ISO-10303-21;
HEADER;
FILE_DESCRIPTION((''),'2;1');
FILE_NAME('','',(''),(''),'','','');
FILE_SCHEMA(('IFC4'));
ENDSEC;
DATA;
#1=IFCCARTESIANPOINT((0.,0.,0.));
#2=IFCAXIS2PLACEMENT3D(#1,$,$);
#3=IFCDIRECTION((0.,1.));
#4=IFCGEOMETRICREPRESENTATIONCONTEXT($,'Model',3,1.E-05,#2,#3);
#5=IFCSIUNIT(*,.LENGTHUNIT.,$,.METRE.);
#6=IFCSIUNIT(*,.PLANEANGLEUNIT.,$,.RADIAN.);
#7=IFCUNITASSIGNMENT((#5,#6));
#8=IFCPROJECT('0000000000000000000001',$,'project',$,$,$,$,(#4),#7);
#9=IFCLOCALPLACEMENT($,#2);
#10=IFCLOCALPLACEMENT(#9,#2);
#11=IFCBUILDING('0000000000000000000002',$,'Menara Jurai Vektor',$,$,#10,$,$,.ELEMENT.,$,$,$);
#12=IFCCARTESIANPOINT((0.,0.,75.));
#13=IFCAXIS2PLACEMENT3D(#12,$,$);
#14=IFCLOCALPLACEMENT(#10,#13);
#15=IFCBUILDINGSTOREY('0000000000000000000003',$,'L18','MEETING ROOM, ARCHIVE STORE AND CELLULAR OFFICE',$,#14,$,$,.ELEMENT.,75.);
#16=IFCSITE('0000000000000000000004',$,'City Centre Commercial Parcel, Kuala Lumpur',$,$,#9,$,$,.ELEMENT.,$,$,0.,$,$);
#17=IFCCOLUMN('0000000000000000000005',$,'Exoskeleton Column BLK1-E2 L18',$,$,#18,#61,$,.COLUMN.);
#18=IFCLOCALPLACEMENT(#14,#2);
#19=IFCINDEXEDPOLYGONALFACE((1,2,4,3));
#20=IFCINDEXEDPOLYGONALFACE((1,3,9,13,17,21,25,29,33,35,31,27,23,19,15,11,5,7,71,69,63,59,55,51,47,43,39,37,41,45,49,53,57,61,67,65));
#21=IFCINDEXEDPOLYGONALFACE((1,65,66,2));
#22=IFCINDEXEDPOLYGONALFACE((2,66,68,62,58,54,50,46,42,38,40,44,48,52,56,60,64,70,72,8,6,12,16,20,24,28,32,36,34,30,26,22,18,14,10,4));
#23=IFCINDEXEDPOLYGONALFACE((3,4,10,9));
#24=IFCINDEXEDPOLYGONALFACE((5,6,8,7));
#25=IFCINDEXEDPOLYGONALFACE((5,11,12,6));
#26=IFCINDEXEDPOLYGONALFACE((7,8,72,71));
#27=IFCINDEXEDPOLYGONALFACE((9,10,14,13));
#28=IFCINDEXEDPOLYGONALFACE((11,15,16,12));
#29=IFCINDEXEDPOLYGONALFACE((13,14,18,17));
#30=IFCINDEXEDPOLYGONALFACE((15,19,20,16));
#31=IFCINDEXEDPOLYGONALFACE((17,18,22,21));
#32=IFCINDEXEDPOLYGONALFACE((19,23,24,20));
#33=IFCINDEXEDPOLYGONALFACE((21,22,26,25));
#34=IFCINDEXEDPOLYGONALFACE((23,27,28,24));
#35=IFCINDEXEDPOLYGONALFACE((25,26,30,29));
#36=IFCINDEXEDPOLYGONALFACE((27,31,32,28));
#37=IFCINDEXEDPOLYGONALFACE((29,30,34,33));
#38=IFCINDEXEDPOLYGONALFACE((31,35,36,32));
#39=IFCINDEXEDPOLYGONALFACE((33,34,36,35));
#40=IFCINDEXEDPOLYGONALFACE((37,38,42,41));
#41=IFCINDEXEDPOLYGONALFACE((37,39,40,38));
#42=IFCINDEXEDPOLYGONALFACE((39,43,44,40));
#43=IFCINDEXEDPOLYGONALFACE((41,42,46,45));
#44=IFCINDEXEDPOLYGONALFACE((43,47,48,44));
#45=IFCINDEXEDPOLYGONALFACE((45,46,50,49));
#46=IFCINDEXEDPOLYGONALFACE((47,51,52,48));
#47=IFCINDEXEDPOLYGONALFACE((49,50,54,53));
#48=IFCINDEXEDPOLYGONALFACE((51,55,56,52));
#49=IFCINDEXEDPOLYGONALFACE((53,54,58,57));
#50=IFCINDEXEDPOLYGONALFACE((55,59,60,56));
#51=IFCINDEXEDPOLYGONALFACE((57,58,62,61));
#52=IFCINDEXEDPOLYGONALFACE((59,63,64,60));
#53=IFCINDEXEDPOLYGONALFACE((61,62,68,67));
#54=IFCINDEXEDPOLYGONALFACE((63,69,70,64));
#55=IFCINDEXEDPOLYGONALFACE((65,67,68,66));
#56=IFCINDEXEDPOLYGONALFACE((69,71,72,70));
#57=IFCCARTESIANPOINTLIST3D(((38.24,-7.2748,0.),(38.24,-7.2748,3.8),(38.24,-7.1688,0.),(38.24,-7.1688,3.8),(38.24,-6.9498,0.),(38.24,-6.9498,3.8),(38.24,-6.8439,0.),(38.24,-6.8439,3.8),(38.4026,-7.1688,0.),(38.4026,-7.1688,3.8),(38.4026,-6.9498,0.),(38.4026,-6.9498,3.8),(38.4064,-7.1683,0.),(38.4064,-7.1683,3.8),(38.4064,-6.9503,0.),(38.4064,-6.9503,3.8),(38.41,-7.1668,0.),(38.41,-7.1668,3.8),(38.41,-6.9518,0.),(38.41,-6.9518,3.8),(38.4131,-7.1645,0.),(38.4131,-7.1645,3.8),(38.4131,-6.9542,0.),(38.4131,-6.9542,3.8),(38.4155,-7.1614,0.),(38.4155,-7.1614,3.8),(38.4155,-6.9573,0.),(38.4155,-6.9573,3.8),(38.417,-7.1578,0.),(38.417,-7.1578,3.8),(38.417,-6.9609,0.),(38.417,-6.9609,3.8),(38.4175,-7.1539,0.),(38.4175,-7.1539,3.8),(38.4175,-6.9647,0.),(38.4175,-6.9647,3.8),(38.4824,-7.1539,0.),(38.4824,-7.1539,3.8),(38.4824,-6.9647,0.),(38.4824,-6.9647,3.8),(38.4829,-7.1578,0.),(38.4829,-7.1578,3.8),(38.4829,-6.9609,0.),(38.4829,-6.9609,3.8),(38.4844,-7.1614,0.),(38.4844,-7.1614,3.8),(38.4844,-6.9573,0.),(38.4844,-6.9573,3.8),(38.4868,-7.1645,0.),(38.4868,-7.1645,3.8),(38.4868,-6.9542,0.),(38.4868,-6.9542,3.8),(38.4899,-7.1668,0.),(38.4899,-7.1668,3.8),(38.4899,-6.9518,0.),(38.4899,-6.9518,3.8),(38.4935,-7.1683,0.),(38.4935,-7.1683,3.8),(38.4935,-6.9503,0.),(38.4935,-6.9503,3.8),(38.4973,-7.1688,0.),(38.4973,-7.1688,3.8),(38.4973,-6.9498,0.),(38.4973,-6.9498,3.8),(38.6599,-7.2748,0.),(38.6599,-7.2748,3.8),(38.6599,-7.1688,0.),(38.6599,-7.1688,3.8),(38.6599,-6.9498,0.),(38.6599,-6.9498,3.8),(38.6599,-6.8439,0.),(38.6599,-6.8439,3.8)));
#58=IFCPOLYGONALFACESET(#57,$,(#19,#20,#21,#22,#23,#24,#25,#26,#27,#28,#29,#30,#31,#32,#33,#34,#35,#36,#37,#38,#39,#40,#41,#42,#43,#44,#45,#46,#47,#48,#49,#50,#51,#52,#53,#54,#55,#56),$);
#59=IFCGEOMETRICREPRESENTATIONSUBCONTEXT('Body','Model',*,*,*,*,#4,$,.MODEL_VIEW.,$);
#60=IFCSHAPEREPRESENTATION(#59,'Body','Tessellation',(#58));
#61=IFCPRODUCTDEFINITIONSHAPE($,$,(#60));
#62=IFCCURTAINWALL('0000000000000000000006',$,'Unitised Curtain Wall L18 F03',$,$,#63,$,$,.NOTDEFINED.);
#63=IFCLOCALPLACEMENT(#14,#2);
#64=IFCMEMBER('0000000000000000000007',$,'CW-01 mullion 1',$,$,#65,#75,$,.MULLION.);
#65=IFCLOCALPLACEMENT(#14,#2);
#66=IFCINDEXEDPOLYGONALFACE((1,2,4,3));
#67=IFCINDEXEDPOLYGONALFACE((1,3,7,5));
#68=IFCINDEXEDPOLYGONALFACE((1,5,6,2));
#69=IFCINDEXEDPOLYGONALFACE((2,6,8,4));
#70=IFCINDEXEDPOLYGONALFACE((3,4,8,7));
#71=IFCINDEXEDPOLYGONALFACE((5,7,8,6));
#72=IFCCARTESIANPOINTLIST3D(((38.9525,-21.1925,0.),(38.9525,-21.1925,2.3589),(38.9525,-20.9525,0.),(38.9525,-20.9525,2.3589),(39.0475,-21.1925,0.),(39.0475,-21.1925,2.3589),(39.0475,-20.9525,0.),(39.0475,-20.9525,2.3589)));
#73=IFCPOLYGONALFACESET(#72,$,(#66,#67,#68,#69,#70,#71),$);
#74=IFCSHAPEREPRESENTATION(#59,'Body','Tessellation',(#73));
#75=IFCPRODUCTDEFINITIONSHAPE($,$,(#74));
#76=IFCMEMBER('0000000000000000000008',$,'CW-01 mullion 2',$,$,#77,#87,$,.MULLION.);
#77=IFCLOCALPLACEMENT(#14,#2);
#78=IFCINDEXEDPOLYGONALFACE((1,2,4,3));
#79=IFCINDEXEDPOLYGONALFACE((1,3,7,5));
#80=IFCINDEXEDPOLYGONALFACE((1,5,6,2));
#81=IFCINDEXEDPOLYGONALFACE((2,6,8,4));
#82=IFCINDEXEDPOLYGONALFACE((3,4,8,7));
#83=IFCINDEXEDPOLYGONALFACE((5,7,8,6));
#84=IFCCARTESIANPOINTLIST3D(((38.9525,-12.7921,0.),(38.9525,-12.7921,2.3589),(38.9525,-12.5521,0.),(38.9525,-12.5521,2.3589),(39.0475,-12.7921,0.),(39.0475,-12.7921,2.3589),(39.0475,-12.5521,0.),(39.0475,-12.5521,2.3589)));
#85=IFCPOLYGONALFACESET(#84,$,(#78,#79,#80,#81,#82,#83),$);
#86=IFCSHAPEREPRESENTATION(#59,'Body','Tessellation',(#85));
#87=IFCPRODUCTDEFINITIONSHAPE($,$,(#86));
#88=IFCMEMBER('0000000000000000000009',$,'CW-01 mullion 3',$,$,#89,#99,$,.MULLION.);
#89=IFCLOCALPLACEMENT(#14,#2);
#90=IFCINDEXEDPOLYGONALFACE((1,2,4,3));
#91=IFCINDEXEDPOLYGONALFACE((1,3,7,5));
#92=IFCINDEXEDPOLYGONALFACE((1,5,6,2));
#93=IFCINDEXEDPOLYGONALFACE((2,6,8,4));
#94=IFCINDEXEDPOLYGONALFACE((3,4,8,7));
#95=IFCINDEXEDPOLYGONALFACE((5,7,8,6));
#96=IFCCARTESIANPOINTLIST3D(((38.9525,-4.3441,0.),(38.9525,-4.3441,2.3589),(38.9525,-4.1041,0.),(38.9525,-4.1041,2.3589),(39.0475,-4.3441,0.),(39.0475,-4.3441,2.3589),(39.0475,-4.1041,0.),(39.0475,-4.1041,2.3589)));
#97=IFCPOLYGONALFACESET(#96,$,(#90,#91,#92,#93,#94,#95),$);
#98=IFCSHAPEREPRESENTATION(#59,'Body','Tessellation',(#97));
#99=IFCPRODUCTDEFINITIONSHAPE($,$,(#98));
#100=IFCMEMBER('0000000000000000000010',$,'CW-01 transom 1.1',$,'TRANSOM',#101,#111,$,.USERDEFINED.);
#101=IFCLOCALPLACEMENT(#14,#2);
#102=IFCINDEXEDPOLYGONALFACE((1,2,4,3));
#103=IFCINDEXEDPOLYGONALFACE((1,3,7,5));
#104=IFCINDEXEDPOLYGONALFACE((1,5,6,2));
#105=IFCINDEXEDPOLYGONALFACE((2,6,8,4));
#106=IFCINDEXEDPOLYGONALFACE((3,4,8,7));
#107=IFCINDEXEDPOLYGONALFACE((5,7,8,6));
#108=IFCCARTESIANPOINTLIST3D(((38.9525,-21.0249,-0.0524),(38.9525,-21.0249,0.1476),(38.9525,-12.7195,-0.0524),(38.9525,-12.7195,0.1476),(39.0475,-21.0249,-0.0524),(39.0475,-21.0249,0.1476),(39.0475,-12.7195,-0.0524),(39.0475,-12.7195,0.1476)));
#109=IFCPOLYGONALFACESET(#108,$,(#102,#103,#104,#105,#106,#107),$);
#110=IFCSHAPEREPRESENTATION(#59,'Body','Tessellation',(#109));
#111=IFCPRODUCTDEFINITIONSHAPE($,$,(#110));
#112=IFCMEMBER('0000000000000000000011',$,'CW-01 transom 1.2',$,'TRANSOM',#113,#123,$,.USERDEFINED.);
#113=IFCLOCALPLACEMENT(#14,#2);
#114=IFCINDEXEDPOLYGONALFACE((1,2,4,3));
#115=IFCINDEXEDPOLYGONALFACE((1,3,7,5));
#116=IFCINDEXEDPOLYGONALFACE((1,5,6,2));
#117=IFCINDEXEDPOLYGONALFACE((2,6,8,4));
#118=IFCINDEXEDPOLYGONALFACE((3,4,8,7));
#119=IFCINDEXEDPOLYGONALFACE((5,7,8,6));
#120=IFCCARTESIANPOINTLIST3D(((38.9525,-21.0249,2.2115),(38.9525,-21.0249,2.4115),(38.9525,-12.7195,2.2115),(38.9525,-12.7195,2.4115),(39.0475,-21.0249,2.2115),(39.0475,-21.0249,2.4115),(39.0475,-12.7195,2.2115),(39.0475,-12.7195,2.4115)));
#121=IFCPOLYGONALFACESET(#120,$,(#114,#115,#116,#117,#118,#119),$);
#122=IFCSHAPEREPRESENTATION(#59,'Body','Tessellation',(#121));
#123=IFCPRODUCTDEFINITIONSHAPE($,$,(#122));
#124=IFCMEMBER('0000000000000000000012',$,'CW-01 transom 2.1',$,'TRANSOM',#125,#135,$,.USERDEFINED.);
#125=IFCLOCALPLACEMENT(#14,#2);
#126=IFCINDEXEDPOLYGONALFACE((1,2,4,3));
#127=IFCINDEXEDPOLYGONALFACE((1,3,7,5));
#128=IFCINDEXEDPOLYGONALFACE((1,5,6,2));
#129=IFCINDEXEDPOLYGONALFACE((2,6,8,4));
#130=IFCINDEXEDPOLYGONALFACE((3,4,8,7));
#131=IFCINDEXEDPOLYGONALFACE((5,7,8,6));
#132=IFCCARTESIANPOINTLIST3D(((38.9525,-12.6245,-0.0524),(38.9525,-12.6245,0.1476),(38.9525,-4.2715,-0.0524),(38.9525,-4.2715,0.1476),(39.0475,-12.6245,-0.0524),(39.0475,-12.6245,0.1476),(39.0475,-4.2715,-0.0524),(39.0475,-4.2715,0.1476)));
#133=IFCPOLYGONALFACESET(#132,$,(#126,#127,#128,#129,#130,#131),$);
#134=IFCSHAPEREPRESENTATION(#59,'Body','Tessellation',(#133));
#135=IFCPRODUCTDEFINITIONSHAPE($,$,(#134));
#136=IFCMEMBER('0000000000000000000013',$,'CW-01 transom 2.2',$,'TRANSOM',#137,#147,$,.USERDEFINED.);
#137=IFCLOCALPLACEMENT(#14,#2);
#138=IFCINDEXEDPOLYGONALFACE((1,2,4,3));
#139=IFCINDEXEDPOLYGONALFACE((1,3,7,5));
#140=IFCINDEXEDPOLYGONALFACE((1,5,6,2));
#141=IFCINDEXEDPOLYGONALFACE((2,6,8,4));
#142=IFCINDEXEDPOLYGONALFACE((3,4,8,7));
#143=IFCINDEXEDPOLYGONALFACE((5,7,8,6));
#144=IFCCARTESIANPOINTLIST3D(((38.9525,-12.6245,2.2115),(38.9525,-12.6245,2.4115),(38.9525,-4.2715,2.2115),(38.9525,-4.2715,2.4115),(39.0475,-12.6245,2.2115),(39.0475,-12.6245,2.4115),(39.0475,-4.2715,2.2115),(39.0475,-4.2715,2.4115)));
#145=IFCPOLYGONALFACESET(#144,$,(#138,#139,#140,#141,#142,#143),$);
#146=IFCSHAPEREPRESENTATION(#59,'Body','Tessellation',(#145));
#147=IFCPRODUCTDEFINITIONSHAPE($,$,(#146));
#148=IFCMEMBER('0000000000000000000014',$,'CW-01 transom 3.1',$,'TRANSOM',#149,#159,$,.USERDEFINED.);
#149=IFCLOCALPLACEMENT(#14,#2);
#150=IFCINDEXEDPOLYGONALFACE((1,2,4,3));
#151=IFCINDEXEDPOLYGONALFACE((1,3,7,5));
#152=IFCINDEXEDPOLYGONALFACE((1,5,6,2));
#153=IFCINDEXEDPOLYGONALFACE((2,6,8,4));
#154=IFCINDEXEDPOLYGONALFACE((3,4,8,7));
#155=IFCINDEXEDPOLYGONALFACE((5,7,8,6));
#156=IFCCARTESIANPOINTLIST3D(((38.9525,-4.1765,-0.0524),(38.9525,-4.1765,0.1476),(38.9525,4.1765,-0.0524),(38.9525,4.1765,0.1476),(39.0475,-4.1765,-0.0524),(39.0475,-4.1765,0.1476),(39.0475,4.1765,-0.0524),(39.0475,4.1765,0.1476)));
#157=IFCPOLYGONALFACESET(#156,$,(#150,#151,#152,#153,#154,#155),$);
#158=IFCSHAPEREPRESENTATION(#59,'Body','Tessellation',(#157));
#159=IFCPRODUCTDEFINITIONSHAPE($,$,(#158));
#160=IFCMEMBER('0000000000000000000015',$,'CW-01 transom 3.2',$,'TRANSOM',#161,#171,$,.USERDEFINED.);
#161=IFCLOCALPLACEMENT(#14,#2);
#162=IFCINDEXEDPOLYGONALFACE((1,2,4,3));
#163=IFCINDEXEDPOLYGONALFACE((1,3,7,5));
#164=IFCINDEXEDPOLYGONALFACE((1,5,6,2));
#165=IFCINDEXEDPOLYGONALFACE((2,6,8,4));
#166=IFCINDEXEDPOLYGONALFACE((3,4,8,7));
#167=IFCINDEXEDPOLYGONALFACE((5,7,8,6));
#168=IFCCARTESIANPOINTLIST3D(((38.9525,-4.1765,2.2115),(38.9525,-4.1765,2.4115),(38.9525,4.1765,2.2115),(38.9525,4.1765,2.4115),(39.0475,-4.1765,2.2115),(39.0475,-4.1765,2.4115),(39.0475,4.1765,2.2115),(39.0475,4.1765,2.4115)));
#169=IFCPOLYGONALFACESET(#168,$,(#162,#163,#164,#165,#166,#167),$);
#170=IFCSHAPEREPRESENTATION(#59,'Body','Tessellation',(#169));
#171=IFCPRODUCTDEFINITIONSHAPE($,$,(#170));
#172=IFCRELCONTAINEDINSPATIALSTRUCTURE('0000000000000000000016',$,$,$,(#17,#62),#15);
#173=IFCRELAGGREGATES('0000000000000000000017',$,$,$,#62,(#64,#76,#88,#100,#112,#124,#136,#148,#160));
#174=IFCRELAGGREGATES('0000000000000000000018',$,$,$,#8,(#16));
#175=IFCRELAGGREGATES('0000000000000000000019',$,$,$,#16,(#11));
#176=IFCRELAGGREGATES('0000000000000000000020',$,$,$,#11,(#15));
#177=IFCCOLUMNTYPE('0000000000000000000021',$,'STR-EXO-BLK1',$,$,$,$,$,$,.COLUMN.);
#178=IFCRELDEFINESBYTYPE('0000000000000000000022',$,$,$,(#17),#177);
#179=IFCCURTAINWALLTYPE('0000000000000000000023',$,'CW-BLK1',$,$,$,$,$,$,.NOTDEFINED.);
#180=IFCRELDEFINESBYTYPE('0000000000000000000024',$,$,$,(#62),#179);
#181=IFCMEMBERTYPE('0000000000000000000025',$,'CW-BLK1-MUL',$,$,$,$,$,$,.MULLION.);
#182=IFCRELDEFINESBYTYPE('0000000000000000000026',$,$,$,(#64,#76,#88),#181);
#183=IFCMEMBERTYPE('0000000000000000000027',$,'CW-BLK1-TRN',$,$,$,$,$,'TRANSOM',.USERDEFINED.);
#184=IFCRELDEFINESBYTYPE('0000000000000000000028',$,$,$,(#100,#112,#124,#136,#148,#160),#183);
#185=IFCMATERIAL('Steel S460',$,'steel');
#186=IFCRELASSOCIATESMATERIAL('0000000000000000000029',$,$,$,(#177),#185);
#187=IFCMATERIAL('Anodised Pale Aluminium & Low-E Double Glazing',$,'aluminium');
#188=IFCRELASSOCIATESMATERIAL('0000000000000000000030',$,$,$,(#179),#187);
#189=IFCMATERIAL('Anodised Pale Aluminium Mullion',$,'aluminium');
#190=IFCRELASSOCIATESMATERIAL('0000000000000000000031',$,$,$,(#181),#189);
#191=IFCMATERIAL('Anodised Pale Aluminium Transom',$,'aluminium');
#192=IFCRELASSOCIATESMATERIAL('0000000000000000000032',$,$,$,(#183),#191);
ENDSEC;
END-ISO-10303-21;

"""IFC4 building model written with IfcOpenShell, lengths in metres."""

from ifc_helpers import new_model, si_unit, direction, frame, origin, origin_2d, place, context, subcontext, project, spatial, rectangle, i_section, extrude, material, material_profile, profile_set, type_object, element, aggregate, save


model = new_model("IFC4")

# Units and contexts
model_context = context("Model", 3, precision=1e-05, world=origin(), true_north=direction((0.0, 1.0)))
body_context = subcontext(model_context, "Body", "Model", "MODEL_VIEW")
ifc_project = project(units=[si_unit("LENGTHUNIT", "METRE"), si_unit("PLANEANGLEUNIT", "RADIAN")], contexts=[model_context])

# Site, building, storey
site_placement = place(None, origin())
site = spatial("IfcSite", under=ifc_project, at=site_placement, Name="City Centre Commercial Parcel, Kuala Lumpur", CompositionType="ELEMENT", RefElevation=0.0)
building_placement = place(site_placement, origin())
building = spatial("IfcBuilding", under=site, at=building_placement, Name="Menara Jurai Vektor", CompositionType="ELEMENT")
storey_placement = place(building_placement, frame((0.0, 0.0, 75.0)))
storey = spatial("IfcBuildingStorey", under=building, at=storey_placement, Name="L18", Description="MEETING ROOM, ARCHIVE STORE AND CELLULAR OFFICE", CompositionType="ELEMENT", Elevation=75.0)

# Column
ifc_material_1 = material(Name="Steel S460", Category="steel")
ifc_material_profile_1 = material_profile(ifc_material_1, i_section(OverallWidth=0.4199, OverallDepth=0.4309, WebThickness=0.0649, FlangeThickness=0.106, FilletRadius=0.0149, at=origin_2d()), Name="HD 400x900")
ifc_profile_set_1 = profile_set([ifc_material_profile_1], Name="Steel S460")
column_type = type_object("IfcColumnType", Name="STR-EXO-BLK1", PredefinedType="COLUMN", material=ifc_profile_set_1)
column_placement = place(storey_placement, frame((38.45, -7.0593, 0.0), z_axis=(0.0, 0.0, 1.0), x_axis=(1.0, 0.0, 0.0)))
element("IfcColumn", 1, at=column_placement, inside=storey, type_object=column_type, Name="Exoskeleton Column BLK1-E2 L18", PredefinedType="COLUMN", context=body_context, shape_type="SweptSolid", body=[
    extrude(i_section(OverallWidth=0.4199, OverallDepth=0.4309, WebThickness=0.0649, FlangeThickness=0.106, FilletRadius=0.0149, at=origin_2d()), origin(), (0.0, 0.0, 1.0), 3.8),
])

# Curtain wall, members
ifc_material_2 = material(Name="Anodised Pale Aluminium & Low-E Double Glazing", Category="aluminium")
curtain_wall_type = type_object("IfcCurtainWallType", Name="CW-BLK1", PredefinedType="NOTDEFINED", material=ifc_material_2)
curtain_wall_placement = place(storey_placement, origin())
curtain_wall = element("IfcCurtainWall", 2, at=curtain_wall_placement, inside=storey, type_object=curtain_wall_type, Name="Unitised Curtain Wall L18 F03", PredefinedType="NOTDEFINED")
ifc_material_3 = material(Name="Anodised Pale Aluminium Mullion", Category="aluminium")
ifc_material_profile_2 = material_profile(ifc_material_3, rectangle(XDim=0.095, YDim=0.24, at=origin_2d()), Name="ALU MUL 95x240")
ifc_profile_set_2 = profile_set([ifc_material_profile_2], Name="Anodised Pale Aluminium Mullion")
member_type_1 = type_object("IfcMemberType", Name="CW-BLK1-MUL", PredefinedType="MULLION", material=ifc_profile_set_2)
member_1_placement = place(storey_placement, frame((39.0, -21.0725, 0.0), z_axis=(0.0, 0.0, 1.0), x_axis=(-1.0, 0.0, 0.0)))
member_1 = element("IfcMember", 3, at=member_1_placement, type_object=member_type_1, Name="CW-01 mullion 1", PredefinedType="MULLION", context=body_context, shape_type="SweptSolid", body=[
    extrude(rectangle(XDim=0.095, YDim=0.24, at=origin_2d()), origin(), (0.0, 0.0, 1.0), 2.3589),
])
member_2_placement = place(storey_placement, frame((39.0, -12.6721, 0.0), z_axis=(0.0, 0.0, 1.0), x_axis=(-1.0, 0.0, 0.0)))
member_2 = element("IfcMember", 4, at=member_2_placement, type_object=member_type_1, Name="CW-01 mullion 2", PredefinedType="MULLION", context=body_context, shape_type="SweptSolid", body=[
    extrude(rectangle(XDim=0.095, YDim=0.24, at=origin_2d()), origin(), (0.0, 0.0, 1.0), 2.3589),
])
member_3_placement = place(storey_placement, frame((39.0, -4.2241, 0.0), z_axis=(0.0, 0.0, 1.0), x_axis=(-1.0, 0.0, 0.0)))
member_3 = element("IfcMember", 5, at=member_3_placement, type_object=member_type_1, Name="CW-01 mullion 3", PredefinedType="MULLION", context=body_context, shape_type="SweptSolid", body=[
    extrude(rectangle(XDim=0.095, YDim=0.24, at=origin_2d()), origin(), (0.0, 0.0, 1.0), 2.3589),
])
ifc_material_4 = material(Name="Anodised Pale Aluminium Transom", Category="aluminium")
ifc_material_profile_3 = material_profile(ifc_material_4, rectangle(XDim=0.095, YDim=0.2, at=origin_2d()), Name="ALU TRN 95x200")
ifc_profile_set_3 = profile_set([ifc_material_profile_3], Name="Anodised Pale Aluminium Transom")
member_type_2 = type_object("IfcMemberType", Name="CW-BLK1-TRN", ElementType="TRANSOM", PredefinedType="USERDEFINED", material=ifc_profile_set_3)
member_4_placement = place(storey_placement, frame((39.0, -21.0249, 0.0476), z_axis=(0.0, 1.0, 0.0), x_axis=(-1.0, 0.0, 0.0)))
member_4 = element("IfcMember", 6, at=member_4_placement, type_object=member_type_2, Name="CW-01 transom 1.1", ObjectType="TRANSOM", PredefinedType="USERDEFINED", context=body_context, shape_type="SweptSolid", body=[
    extrude(rectangle(XDim=0.095, YDim=0.2, at=origin_2d()), origin(), (0.0, 0.0, 1.0), 8.3054),
])
member_5_placement = place(storey_placement, frame((39.0, -21.0249, 2.3115), z_axis=(0.0, 1.0, 0.0), x_axis=(-1.0, 0.0, 0.0)))
member_5 = element("IfcMember", 7, at=member_5_placement, type_object=member_type_2, Name="CW-01 transom 1.2", ObjectType="TRANSOM", PredefinedType="USERDEFINED", context=body_context, shape_type="SweptSolid", body=[
    extrude(rectangle(XDim=0.095, YDim=0.2, at=origin_2d()), origin(), (0.0, 0.0, 1.0), 8.3054),
])
member_6_placement = place(storey_placement, frame((39.0, -12.6245, 0.0476), z_axis=(0.0, 1.0, 0.0), x_axis=(-1.0, 0.0, 0.0)))
member_6 = element("IfcMember", 8, at=member_6_placement, type_object=member_type_2, Name="CW-01 transom 2.1", ObjectType="TRANSOM", PredefinedType="USERDEFINED", context=body_context, shape_type="SweptSolid", body=[
    extrude(rectangle(XDim=0.095, YDim=0.2, at=origin_2d()), origin(), (0.0, 0.0, 1.0), 8.353),
])
member_7_placement = place(storey_placement, frame((39.0, -12.6245, 2.3115), z_axis=(0.0, 1.0, 0.0), x_axis=(-1.0, 0.0, 0.0)))
member_7 = element("IfcMember", 9, at=member_7_placement, type_object=member_type_2, Name="CW-01 transom 2.2", ObjectType="TRANSOM", PredefinedType="USERDEFINED", context=body_context, shape_type="SweptSolid", body=[
    extrude(rectangle(XDim=0.095, YDim=0.2, at=origin_2d()), origin(), (0.0, 0.0, 1.0), 8.353),
])
member_8_placement = place(storey_placement, frame((39.0, -4.1765, 0.0476), z_axis=(0.0, 1.0, 0.0), x_axis=(-1.0, 0.0, 0.0)))
member_8 = element("IfcMember", 10, at=member_8_placement, type_object=member_type_2, Name="CW-01 transom 3.1", ObjectType="TRANSOM", PredefinedType="USERDEFINED", context=body_context, shape_type="SweptSolid", body=[
    extrude(rectangle(XDim=0.095, YDim=0.2, at=origin_2d()), origin(), (0.0, 0.0, 1.0), 8.353),
])
member_9_placement = place(storey_placement, frame((39.0, -4.1765, 2.3115), z_axis=(0.0, 1.0, 0.0), x_axis=(-1.0, 0.0, 0.0)))
member_9 = element("IfcMember", 11, at=member_9_placement, type_object=member_type_2, Name="CW-01 transom 3.2", ObjectType="TRANSOM", PredefinedType="USERDEFINED", context=body_context, shape_type="SweptSolid", body=[
    extrude(rectangle(XDim=0.095, YDim=0.2, at=origin_2d()), origin(), (0.0, 0.0, 1.0), 8.353),
])

aggregate(curtain_wall, [member_1, member_2, member_3, member_4, member_5, member_6, member_7, member_8, member_9])

save(model, "model.ifc")
